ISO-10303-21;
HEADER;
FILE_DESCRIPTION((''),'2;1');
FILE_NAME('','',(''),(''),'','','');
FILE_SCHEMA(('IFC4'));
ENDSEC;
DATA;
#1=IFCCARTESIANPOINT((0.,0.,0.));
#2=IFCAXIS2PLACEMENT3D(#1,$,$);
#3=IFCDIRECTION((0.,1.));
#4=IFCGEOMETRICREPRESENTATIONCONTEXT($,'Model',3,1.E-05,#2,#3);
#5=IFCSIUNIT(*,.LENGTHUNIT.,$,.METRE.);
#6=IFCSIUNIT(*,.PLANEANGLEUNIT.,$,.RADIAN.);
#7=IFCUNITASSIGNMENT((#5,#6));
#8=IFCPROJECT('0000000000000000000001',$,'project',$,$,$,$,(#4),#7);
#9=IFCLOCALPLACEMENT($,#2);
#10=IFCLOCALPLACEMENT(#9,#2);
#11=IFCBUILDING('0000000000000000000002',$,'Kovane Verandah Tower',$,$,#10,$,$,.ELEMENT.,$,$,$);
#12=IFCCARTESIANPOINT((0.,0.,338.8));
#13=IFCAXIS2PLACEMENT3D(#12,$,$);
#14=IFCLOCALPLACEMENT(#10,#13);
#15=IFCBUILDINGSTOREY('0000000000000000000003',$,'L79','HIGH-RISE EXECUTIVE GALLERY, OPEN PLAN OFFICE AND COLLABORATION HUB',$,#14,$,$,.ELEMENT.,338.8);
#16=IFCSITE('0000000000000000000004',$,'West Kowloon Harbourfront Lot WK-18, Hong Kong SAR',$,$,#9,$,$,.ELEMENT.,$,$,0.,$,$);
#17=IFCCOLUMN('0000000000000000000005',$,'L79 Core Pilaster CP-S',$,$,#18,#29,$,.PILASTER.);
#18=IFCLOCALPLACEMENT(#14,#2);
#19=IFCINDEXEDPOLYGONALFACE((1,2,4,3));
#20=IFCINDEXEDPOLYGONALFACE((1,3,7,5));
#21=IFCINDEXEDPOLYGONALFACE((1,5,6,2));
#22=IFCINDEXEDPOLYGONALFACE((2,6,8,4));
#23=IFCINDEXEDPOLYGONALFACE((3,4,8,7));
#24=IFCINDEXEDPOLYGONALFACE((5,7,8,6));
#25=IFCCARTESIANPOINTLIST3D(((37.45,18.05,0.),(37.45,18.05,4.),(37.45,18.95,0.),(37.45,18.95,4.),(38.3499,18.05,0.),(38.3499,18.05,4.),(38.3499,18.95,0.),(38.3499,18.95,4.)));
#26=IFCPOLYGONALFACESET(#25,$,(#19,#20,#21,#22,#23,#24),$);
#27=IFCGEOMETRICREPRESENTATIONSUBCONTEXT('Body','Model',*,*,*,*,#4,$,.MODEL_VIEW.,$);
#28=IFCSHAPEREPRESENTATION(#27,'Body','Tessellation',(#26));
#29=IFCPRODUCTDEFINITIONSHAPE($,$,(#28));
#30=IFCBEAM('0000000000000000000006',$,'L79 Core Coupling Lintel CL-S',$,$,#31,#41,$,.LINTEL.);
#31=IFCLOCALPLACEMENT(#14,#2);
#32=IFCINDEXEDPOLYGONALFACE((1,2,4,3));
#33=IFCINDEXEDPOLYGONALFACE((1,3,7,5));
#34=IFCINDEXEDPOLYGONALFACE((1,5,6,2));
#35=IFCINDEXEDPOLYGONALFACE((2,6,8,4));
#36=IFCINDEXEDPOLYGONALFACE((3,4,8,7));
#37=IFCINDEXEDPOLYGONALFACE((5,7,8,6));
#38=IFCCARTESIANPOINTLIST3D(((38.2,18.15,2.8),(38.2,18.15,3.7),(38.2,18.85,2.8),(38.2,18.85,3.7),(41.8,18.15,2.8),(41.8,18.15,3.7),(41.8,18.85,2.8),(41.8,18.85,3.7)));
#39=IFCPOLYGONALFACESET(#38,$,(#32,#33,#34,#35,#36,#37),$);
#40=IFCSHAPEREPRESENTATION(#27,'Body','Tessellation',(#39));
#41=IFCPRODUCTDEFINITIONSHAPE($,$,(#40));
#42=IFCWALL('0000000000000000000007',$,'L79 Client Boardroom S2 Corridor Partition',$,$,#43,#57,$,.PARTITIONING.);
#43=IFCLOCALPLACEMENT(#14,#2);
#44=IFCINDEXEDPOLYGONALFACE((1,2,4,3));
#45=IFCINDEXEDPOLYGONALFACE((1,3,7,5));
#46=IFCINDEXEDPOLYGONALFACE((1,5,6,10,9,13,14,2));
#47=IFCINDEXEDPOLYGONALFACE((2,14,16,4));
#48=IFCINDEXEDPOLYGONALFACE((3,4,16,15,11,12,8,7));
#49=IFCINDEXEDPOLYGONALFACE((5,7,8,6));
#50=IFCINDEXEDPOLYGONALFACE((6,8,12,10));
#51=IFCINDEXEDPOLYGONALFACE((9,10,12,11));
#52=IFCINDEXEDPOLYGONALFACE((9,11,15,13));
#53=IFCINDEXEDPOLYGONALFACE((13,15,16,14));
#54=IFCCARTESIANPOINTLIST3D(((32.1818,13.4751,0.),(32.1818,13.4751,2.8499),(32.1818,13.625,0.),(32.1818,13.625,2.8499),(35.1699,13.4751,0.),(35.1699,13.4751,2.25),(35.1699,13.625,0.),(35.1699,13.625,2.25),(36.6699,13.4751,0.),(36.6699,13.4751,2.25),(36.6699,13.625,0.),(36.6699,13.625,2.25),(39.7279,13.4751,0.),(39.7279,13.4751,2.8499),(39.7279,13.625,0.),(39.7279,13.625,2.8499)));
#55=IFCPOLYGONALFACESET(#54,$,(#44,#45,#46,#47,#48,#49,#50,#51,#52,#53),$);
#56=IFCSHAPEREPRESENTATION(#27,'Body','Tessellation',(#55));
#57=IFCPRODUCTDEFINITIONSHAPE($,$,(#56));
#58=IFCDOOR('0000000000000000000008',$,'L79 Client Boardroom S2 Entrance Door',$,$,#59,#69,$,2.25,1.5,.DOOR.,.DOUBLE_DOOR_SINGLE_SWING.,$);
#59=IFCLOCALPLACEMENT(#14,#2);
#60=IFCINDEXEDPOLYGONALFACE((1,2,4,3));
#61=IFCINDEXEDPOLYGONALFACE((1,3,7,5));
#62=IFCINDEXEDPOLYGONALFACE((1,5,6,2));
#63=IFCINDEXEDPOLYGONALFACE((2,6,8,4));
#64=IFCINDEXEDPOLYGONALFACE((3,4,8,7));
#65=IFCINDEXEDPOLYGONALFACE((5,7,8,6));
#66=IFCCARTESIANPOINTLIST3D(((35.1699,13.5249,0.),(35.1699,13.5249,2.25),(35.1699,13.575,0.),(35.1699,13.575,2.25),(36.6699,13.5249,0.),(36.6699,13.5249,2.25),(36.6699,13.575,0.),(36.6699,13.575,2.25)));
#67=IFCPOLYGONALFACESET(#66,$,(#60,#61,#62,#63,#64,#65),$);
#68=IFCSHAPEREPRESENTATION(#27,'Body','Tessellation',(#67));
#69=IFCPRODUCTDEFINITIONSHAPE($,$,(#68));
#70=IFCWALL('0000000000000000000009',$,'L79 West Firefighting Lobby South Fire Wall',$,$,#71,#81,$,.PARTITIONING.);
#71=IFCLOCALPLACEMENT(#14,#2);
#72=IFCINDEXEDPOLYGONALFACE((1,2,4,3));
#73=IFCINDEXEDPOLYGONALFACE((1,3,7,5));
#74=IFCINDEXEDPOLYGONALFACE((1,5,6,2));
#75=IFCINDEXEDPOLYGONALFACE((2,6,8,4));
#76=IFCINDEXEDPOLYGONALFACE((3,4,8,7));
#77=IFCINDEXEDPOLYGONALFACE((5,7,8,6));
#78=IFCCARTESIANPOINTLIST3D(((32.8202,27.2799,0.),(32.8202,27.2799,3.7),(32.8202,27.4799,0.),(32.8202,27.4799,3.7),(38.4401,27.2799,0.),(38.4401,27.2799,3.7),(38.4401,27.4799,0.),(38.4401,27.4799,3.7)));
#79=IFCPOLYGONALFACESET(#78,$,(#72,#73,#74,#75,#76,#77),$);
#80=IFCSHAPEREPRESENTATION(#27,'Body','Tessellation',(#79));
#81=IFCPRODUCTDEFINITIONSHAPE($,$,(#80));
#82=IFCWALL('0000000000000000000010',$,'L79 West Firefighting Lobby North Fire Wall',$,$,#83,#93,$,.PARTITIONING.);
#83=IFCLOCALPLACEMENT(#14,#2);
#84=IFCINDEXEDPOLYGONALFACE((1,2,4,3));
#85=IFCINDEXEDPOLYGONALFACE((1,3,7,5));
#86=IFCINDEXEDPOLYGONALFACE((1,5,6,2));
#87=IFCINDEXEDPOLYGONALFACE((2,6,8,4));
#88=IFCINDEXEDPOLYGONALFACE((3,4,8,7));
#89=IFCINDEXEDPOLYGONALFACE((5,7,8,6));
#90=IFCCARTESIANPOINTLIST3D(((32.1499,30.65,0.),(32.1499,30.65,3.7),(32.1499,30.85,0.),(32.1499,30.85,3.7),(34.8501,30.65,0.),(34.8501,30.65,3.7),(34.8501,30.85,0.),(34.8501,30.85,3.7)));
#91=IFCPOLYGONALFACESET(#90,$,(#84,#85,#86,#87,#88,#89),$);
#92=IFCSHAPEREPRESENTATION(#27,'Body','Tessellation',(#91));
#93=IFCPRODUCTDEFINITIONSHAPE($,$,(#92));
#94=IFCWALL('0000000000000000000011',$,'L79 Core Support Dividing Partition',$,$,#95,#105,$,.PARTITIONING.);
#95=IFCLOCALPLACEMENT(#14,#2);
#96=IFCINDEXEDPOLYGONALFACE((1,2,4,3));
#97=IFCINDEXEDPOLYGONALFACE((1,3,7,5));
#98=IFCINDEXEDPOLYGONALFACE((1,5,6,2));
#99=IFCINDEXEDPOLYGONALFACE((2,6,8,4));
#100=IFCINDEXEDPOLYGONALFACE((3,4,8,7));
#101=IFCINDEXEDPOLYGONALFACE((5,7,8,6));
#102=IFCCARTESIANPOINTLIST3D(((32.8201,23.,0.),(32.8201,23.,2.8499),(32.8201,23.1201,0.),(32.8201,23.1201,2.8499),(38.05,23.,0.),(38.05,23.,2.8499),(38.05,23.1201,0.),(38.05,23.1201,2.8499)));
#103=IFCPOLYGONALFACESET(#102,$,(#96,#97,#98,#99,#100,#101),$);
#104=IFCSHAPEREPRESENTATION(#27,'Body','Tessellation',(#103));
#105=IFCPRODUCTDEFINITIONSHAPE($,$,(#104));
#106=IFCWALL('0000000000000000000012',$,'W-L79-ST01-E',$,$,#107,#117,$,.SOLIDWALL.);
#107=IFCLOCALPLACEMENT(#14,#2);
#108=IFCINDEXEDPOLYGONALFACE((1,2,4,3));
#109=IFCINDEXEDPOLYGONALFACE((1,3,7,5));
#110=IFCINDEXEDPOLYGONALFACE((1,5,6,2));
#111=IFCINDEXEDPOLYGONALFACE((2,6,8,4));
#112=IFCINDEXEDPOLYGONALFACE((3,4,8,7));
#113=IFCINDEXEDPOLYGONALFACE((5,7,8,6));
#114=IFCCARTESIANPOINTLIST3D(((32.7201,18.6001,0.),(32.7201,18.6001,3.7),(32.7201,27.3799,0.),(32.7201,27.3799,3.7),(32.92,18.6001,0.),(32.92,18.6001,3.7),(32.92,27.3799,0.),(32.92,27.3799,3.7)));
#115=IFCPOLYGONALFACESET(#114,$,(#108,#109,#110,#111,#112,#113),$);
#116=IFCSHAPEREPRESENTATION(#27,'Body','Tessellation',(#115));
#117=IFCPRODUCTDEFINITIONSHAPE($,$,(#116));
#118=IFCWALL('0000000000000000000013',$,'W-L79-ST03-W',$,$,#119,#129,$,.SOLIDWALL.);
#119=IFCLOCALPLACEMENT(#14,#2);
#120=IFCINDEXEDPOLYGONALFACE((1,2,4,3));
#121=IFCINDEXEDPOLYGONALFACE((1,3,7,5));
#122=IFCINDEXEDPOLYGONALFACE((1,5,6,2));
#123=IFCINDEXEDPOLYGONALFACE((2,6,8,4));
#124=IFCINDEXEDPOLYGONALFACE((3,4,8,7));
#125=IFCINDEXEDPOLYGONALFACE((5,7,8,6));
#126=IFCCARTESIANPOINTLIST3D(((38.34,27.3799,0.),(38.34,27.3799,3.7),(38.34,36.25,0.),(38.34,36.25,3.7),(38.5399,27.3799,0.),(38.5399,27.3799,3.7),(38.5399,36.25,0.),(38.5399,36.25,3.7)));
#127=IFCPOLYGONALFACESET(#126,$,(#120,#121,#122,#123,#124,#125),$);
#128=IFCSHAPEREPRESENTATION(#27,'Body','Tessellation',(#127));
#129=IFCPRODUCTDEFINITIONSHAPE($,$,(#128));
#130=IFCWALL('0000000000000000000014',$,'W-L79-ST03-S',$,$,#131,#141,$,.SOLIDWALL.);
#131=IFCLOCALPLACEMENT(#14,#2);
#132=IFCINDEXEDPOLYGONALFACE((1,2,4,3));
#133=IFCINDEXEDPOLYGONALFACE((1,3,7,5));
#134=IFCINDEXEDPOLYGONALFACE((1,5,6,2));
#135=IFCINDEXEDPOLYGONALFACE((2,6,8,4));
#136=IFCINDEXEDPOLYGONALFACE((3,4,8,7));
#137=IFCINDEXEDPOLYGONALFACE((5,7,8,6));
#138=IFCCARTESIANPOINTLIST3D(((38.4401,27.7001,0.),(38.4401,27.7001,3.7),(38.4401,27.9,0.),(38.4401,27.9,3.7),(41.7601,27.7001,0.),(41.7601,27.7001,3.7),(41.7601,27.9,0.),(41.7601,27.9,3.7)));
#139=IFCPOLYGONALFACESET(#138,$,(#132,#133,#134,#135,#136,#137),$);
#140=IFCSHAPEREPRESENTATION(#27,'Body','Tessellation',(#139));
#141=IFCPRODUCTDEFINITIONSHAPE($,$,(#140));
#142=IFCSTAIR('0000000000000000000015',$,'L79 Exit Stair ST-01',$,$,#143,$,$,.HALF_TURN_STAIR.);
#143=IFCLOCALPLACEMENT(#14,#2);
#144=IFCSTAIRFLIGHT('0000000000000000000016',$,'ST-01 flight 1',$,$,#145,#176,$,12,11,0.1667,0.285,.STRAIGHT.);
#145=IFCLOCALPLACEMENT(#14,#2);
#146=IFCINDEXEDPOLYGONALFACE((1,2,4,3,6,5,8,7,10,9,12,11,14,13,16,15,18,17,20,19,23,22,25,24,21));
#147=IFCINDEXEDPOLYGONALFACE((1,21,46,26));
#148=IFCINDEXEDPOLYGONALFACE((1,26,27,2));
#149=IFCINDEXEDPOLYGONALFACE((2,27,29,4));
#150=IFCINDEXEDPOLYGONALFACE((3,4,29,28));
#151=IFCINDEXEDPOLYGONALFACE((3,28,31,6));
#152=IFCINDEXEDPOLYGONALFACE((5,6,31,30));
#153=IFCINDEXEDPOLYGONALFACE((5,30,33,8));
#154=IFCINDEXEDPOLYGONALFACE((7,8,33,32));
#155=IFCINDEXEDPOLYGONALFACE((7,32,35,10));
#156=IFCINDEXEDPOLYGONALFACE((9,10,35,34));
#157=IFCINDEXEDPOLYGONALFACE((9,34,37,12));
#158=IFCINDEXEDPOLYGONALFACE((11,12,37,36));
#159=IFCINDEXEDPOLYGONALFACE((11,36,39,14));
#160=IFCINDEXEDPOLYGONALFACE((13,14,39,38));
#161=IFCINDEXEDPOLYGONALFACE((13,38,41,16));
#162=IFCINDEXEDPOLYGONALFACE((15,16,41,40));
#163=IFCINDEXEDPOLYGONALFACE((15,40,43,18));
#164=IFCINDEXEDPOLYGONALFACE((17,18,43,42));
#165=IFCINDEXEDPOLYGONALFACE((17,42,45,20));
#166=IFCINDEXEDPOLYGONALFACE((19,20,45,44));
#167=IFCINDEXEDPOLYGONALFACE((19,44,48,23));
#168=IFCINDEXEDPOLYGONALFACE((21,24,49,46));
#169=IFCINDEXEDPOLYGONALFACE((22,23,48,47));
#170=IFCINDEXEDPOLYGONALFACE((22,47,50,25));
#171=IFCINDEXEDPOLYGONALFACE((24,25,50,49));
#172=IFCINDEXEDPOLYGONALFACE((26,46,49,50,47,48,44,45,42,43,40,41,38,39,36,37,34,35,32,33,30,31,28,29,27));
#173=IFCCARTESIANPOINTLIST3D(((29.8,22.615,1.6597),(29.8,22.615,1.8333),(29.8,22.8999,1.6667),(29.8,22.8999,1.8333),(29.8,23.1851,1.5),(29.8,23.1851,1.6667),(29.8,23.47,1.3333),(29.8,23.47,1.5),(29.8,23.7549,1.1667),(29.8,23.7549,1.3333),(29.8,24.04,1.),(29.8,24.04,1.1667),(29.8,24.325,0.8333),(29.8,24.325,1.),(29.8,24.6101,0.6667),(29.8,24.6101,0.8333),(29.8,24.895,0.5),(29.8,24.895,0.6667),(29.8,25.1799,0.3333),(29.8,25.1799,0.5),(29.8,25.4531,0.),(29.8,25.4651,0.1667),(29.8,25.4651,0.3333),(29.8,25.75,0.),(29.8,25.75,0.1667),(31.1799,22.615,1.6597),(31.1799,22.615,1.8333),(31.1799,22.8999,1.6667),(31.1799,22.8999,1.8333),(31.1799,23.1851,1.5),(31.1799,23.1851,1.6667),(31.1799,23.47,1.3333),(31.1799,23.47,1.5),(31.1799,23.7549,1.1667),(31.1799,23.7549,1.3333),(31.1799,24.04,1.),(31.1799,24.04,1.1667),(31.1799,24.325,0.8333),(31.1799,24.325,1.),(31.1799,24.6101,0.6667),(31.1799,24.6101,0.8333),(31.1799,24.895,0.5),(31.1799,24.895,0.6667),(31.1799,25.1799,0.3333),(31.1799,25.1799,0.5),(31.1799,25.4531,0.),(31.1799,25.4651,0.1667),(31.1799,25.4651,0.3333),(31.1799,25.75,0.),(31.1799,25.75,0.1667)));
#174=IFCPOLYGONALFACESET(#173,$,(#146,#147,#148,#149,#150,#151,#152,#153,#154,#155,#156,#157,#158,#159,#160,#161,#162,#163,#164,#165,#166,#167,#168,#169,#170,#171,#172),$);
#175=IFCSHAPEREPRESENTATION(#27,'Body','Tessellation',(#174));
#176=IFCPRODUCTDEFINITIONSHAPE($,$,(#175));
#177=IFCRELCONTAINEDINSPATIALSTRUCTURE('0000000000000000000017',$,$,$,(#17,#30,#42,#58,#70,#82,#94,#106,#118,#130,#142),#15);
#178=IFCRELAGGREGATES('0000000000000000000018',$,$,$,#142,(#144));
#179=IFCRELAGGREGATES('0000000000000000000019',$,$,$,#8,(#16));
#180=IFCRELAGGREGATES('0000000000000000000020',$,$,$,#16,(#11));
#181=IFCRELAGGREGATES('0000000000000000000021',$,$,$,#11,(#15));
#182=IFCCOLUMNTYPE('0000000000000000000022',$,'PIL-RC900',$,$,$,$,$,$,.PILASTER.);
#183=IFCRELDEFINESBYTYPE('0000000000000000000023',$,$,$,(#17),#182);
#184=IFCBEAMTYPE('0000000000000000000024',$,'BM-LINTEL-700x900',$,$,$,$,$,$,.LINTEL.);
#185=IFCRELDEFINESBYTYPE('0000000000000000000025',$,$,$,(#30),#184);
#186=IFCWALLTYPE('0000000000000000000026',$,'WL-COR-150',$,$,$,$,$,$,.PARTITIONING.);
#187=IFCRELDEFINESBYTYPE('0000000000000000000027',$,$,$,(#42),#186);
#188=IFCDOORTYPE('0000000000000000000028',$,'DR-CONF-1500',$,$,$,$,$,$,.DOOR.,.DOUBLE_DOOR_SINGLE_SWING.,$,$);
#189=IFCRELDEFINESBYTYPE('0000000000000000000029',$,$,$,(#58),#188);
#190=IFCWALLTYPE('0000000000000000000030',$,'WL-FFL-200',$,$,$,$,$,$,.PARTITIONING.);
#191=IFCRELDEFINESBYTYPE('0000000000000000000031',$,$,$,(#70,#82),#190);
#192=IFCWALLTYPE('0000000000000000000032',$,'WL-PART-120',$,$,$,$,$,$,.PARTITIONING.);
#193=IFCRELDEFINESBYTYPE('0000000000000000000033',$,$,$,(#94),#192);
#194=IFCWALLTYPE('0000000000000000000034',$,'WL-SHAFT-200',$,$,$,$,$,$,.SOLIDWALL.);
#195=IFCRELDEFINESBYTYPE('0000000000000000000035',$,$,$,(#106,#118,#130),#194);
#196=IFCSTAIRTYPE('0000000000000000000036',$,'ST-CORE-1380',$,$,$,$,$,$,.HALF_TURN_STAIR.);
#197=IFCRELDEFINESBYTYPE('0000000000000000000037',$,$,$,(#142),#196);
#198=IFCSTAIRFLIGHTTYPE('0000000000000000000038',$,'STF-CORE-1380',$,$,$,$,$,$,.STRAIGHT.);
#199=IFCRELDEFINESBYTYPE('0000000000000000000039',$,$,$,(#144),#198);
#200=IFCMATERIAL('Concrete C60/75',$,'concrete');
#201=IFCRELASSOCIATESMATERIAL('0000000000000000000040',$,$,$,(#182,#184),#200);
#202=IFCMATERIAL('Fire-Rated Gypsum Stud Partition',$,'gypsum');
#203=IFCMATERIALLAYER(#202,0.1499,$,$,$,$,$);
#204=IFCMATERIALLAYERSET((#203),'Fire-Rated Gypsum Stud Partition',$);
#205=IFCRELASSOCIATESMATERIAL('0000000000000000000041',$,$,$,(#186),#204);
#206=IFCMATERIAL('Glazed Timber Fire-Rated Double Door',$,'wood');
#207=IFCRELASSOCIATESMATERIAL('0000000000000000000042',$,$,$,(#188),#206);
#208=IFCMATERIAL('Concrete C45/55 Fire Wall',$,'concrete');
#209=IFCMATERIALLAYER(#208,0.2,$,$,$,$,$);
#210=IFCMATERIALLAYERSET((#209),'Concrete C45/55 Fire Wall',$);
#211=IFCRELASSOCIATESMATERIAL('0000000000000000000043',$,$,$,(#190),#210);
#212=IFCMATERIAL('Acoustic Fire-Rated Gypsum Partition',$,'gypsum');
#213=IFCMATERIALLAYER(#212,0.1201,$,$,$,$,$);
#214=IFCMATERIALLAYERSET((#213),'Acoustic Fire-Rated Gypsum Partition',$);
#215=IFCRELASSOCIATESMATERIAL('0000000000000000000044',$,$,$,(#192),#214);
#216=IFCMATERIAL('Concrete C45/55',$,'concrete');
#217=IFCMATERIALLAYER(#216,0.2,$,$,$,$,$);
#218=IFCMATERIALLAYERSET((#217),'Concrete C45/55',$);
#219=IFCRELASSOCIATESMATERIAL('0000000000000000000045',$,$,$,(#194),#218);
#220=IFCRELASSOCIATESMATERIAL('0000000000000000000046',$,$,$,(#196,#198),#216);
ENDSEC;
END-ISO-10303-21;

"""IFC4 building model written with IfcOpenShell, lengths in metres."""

from ifc_helpers import new_model, si_unit, direction, frame, frame_2d, origin, origin_2d, place, context, subcontext, project, spatial, polyline, rectangle, outline, extrude, material, layer, layer_set, material_profile, profile_set, type_object, element, fill, aggregate, save


model = new_model("IFC4")

# Units and contexts
model_context = context("Model", 3, precision=1e-05, world=origin(), true_north=direction((0.0, 1.0)))
body_context = subcontext(model_context, "Body", "Model", "MODEL_VIEW")
ifc_project = project(units=[si_unit("LENGTHUNIT", "METRE"), si_unit("PLANEANGLEUNIT", "RADIAN")], contexts=[model_context])

# Site, building, storey
site_placement = place(None, origin())
site = spatial("IfcSite", under=ifc_project, at=site_placement, Name="West Kowloon Harbourfront Lot WK-18, Hong Kong SAR", CompositionType="ELEMENT", RefElevation=0.0)
building_placement = place(site_placement, origin())
building = spatial("IfcBuilding", under=site, at=building_placement, Name="Kovane Verandah Tower", CompositionType="ELEMENT")
storey_placement = place(building_placement, frame((0.0, 0.0, 338.8)))
storey = spatial("IfcBuildingStorey", under=building, at=storey_placement, Name="L79", Description="HIGH-RISE EXECUTIVE GALLERY, OPEN PLAN OFFICE AND COLLABORATION HUB", CompositionType="ELEMENT", Elevation=338.8)

# Column
ifc_material_1 = material(Name="Concrete C60/75", Category="concrete")
ifc_material_profile_1 = material_profile(ifc_material_1, rectangle(XDim=0.8999, YDim=0.8999, at=origin_2d()), Name="RC900x900")
ifc_profile_set_1 = profile_set([ifc_material_profile_1], Name="Concrete C60/75")
column_type = type_object("IfcColumnType", Name="PIL-RC900", PredefinedType="PILASTER", material=ifc_profile_set_1)
column_placement = place(storey_placement, frame((37.8999, 18.5, 0.0), z_axis=(0.0, 0.0, 1.0), x_axis=(1.0, 0.0, 0.0)))
element("IfcColumn", 1, at=column_placement, inside=storey, type_object=column_type, Name="L79 Core Pilaster CP-S", PredefinedType="PILASTER", context=body_context, shape_type="SweptSolid", body=[
    extrude(rectangle(XDim=0.8999, YDim=0.8999, at=origin_2d()), origin(), (0.0, 0.0, 1.0), 4.0),
])

# Beam
ifc_material_profile_2 = material_profile(ifc_material_1, rectangle(XDim=0.7, YDim=0.8999, at=origin_2d()), Name="RCB700x900")
ifc_profile_set_2 = profile_set([ifc_material_profile_2], Name="Concrete C60/75")
beam_type = type_object("IfcBeamType", Name="BM-LINTEL-700x900", PredefinedType="LINTEL", material=ifc_profile_set_2)
beam_placement = place(storey_placement, frame((38.2, 18.5, 3.25), z_axis=(1.0, 0.0, 0.0), x_axis=(0.0, 1.0, 0.0)))
element("IfcBeam", 2, at=beam_placement, inside=storey, type_object=beam_type, Name="L79 Core Coupling Lintel CL-S", PredefinedType="LINTEL", context=body_context, shape_type="SweptSolid", body=[
    extrude(rectangle(XDim=0.7, YDim=0.8999, at=origin_2d()), origin(), (0.0, 0.0, 1.0), 3.6001),
])

# Wall, opening, door
ifc_material_2 = material(Name="Fire-Rated Gypsum Stud Partition", Category="gypsum")
ifc_layer_1 = layer(ifc_material_2, 0.1499)
ifc_layer_set_1 = layer_set([ifc_layer_1], Name="Fire-Rated Gypsum Stud Partition")
wall_type_1 = type_object("IfcWallType", Name="WL-COR-150", PredefinedType="PARTITIONING", material=ifc_layer_set_1)
wall_1_placement = place(storey_placement, frame((32.1819, 13.55, 0.0), z_axis=(0.0, 0.0, 1.0), x_axis=(1.0, 0.0, 0.0)))
wall_1 = element("IfcWall", 3, at=wall_1_placement, inside=storey, type_object=wall_type_1, Name="L79 Client Boardroom S2 Corridor Partition", PredefinedType="PARTITIONING", context=body_context, shape_type="SweptSolid", body=[
    extrude(rectangle(XDim=7.5461, YDim=0.1499, at=frame_2d((3.7729, 0.0))), origin(), (0.0, 0.0, 1.0), 2.8499),
])
opening_1_placement = place(wall_1_placement, frame((2.988, 0.0, 0.0)))
opening_1 = element("IfcOpeningElement", 4, at=opening_1_placement, cuts=wall_1, PredefinedType="OPENING", context=body_context, shape_type="SweptSolid", body=[
    extrude(rectangle(XDim=1.5, YDim=2.25, at=frame_2d((0.75, 1.125))), frame((0.0, 0.075, 0.0), z_axis=(0.0, -1.0, 0.0), x_axis=(1.0, 0.0, 0.0)), (0.0, 0.0, 1.0), 0.1499),
])
ifc_material_3 = material(Name="Glazed Timber Fire-Rated Double Door", Category="wood")
door_type_1 = type_object("IfcDoorType", Name="DR-CONF-1500", OperationType="DOUBLE_DOOR_SINGLE_SWING", PredefinedType="DOOR", material=ifc_material_3)
door_1_placement = place(opening_1_placement, origin())
door_1 = element("IfcDoor", 5, at=door_1_placement, inside=storey, type_object=door_type_1, Name="L79 Client Boardroom S2 Entrance Door", OperationType="DOUBLE_DOOR_SINGLE_SWING", OverallHeight=2.25, OverallWidth=1.5, PredefinedType="DOOR", context=body_context, shape_type="SweptSolid", body=[
    extrude(rectangle(XDim=1.5, YDim=2.25, at=frame_2d((0.75, 1.125))), frame((0.0, 0.0249, 0.0), z_axis=(0.0, -1.0, 0.0), x_axis=(1.0, 0.0, 0.0)), (0.0, 0.0, 1.0), 0.05),
])
fill(opening_1, door_1)
ifc_material_4 = material(Name="Concrete C45/55 Fire Wall", Category="concrete")
ifc_layer_2 = layer(ifc_material_4, 0.2)
ifc_layer_set_2 = layer_set([ifc_layer_2], Name="Concrete C45/55 Fire Wall")
wall_type_2 = type_object("IfcWallType", Name="WL-FFL-200", PredefinedType="PARTITIONING", material=ifc_layer_set_2)

# Walls
wall_2_placement = place(storey_placement, frame((32.8201, 27.3799, 0.0), z_axis=(0.0, 0.0, 1.0), x_axis=(1.0, 0.0, 0.0)))
element("IfcWall", 6, at=wall_2_placement, inside=storey, type_object=wall_type_2, Name="L79 West Firefighting Lobby South Fire Wall", PredefinedType="PARTITIONING", context=body_context, shape_type="SweptSolid", body=[
    extrude(rectangle(XDim=5.6199, YDim=0.2, at=frame_2d((2.8101, 0.0))), origin(), (0.0, 0.0, 1.0), 3.7),
])
wall_3_placement = place(storey_placement, frame((32.1499, 30.75, 0.0), z_axis=(0.0, 0.0, 1.0), x_axis=(1.0, 0.0, 0.0)))
element("IfcWall", 7, at=wall_3_placement, inside=storey, type_object=wall_type_2, Name="L79 West Firefighting Lobby North Fire Wall", PredefinedType="PARTITIONING", context=body_context, shape_type="SweptSolid", body=[
    extrude(rectangle(XDim=2.7002, YDim=0.2, at=frame_2d((1.3501, 0.0))), origin(), (0.0, 0.0, 1.0), 3.7),
])
ifc_material_5 = material(Name="Acoustic Fire-Rated Gypsum Partition", Category="gypsum")
ifc_layer_3 = layer(ifc_material_5, 0.1201)
ifc_layer_set_3 = layer_set([ifc_layer_3], Name="Acoustic Fire-Rated Gypsum Partition")
wall_type_3 = type_object("IfcWallType", Name="WL-PART-120", PredefinedType="PARTITIONING", material=ifc_layer_set_3)
wall_4_placement = place(storey_placement, frame((32.8201, 23.0601, 0.0), z_axis=(0.0, 0.0, 1.0), x_axis=(1.0, 0.0, 0.0)))
element("IfcWall", 8, at=wall_4_placement, inside=storey, type_object=wall_type_3, Name="L79 Core Support Dividing Partition", PredefinedType="PARTITIONING", context=body_context, shape_type="SweptSolid", body=[
    extrude(rectangle(XDim=5.23, YDim=0.1201, at=frame_2d((2.615, 0.0))), origin(), (0.0, 0.0, 1.0), 2.8499),
])
ifc_material_6 = material(Name="Concrete C45/55", Category="concrete")
ifc_layer_4 = layer(ifc_material_6, 0.2)
ifc_layer_set_4 = layer_set([ifc_layer_4], Name="Concrete C45/55")
wall_type_4 = type_object("IfcWallType", Name="WL-SHAFT-200", PredefinedType="SOLIDWALL", material=ifc_layer_set_4)
wall_5_placement = place(storey_placement, frame((32.8201, 18.6001, 0.0), z_axis=(0.0, 0.0, 1.0), x_axis=(0.0, 1.0, 0.0)))
element("IfcWall", 9, at=wall_5_placement, inside=storey, type_object=wall_type_4, Name="W-L79-ST01-E", PredefinedType="SOLIDWALL", context=body_context, shape_type="SweptSolid", body=[
    extrude(rectangle(XDim=8.7798, YDim=0.2, at=frame_2d((4.3899, 0.0))), origin(), (0.0, 0.0, 1.0), 3.7),
])
wall_6_placement = place(storey_placement, frame((38.4399, 27.3799, 0.0), z_axis=(0.0, 0.0, 1.0), x_axis=(0.0, 1.0, 0.0)))
element("IfcWall", 10, at=wall_6_placement, inside=storey, type_object=wall_type_4, Name="W-L79-ST03-W", PredefinedType="SOLIDWALL", context=body_context, shape_type="SweptSolid", body=[
    extrude(rectangle(XDim=8.8701, YDim=0.2, at=frame_2d((4.4351, 0.0))), origin(), (0.0, 0.0, 1.0), 3.7),
])
wall_7_placement = place(storey_placement, frame((38.4399, 27.8, 0.0), z_axis=(0.0, 0.0, 1.0), x_axis=(1.0, 0.0, 0.0)))
element("IfcWall", 11, at=wall_7_placement, inside=storey, type_object=wall_type_4, Name="W-L79-ST03-S", PredefinedType="SOLIDWALL", context=body_context, shape_type="SweptSolid", body=[
    extrude(rectangle(XDim=3.3201, YDim=0.2, at=frame_2d((1.6602, 0.0))), origin(), (0.0, 0.0, 1.0), 3.7),
])

# Stair, stair flight
stair_type = type_object("IfcStairType", Name="ST-CORE-1380", PredefinedType="HALF_TURN_STAIR", material=ifc_material_6)
stair_placement = place(storey_placement, origin())
stair = element("IfcStair", 12, at=stair_placement, inside=storey, type_object=stair_type, Name="L79 Exit Stair ST-01", PredefinedType="HALF_TURN_STAIR")
stair_flight_type = type_object("IfcStairFlightType", Name="STF-CORE-1380", PredefinedType="STRAIGHT", material=ifc_material_6)
stair_flight_1_placement = place(storey_placement, frame((30.49, 25.75, 0.0), z_axis=(0.0, 0.0, 1.0), x_axis=(0.0, -1.0, 0.0)))
stair_flight_1 = element("IfcStairFlight", 13, at=stair_flight_1_placement, type_object=stair_flight_type, Name="ST-01 flight 1", NumberOfRisers=12, NumberOfTreads=11, PredefinedType="STRAIGHT", RiserHeight=0.1667, TreadLength=0.285, context=body_context, shape_type="SweptSolid", body=[
    extrude(outline(polyline([(0.0, 0.0), (0.0, 0.1667), (0.2849, 0.1667), (0.2849, 0.3333), (0.5701, 0.3333), (0.5701, 0.5), (0.855, 0.5), (0.855, 0.6667), (1.1399, 0.6667), (1.1399, 0.8333), (1.425, 0.8333), (1.425, 1.0), (1.71, 1.0), (1.71, 1.1667), (1.9951, 1.1667), (1.9951, 1.3333), (2.28, 1.3333), (2.28, 1.5), (2.5649, 1.5), (2.5649, 1.6667), (2.8501, 1.6667), (2.8501, 1.8333), (3.135, 1.8333), (3.135, 2.0), (3.135, 1.6597), (0.2969, 0.0), (0.0, 0.0)])), frame((0.0, 0.6899, 0.0), z_axis=(0.0, -1.0, 0.0), x_axis=(1.0, 0.0, 0.0)), (0.0, 0.0, 1.0), 1.3799),
])
aggregate(stair, [stair_flight_1])

save(model, "model.ifc")
